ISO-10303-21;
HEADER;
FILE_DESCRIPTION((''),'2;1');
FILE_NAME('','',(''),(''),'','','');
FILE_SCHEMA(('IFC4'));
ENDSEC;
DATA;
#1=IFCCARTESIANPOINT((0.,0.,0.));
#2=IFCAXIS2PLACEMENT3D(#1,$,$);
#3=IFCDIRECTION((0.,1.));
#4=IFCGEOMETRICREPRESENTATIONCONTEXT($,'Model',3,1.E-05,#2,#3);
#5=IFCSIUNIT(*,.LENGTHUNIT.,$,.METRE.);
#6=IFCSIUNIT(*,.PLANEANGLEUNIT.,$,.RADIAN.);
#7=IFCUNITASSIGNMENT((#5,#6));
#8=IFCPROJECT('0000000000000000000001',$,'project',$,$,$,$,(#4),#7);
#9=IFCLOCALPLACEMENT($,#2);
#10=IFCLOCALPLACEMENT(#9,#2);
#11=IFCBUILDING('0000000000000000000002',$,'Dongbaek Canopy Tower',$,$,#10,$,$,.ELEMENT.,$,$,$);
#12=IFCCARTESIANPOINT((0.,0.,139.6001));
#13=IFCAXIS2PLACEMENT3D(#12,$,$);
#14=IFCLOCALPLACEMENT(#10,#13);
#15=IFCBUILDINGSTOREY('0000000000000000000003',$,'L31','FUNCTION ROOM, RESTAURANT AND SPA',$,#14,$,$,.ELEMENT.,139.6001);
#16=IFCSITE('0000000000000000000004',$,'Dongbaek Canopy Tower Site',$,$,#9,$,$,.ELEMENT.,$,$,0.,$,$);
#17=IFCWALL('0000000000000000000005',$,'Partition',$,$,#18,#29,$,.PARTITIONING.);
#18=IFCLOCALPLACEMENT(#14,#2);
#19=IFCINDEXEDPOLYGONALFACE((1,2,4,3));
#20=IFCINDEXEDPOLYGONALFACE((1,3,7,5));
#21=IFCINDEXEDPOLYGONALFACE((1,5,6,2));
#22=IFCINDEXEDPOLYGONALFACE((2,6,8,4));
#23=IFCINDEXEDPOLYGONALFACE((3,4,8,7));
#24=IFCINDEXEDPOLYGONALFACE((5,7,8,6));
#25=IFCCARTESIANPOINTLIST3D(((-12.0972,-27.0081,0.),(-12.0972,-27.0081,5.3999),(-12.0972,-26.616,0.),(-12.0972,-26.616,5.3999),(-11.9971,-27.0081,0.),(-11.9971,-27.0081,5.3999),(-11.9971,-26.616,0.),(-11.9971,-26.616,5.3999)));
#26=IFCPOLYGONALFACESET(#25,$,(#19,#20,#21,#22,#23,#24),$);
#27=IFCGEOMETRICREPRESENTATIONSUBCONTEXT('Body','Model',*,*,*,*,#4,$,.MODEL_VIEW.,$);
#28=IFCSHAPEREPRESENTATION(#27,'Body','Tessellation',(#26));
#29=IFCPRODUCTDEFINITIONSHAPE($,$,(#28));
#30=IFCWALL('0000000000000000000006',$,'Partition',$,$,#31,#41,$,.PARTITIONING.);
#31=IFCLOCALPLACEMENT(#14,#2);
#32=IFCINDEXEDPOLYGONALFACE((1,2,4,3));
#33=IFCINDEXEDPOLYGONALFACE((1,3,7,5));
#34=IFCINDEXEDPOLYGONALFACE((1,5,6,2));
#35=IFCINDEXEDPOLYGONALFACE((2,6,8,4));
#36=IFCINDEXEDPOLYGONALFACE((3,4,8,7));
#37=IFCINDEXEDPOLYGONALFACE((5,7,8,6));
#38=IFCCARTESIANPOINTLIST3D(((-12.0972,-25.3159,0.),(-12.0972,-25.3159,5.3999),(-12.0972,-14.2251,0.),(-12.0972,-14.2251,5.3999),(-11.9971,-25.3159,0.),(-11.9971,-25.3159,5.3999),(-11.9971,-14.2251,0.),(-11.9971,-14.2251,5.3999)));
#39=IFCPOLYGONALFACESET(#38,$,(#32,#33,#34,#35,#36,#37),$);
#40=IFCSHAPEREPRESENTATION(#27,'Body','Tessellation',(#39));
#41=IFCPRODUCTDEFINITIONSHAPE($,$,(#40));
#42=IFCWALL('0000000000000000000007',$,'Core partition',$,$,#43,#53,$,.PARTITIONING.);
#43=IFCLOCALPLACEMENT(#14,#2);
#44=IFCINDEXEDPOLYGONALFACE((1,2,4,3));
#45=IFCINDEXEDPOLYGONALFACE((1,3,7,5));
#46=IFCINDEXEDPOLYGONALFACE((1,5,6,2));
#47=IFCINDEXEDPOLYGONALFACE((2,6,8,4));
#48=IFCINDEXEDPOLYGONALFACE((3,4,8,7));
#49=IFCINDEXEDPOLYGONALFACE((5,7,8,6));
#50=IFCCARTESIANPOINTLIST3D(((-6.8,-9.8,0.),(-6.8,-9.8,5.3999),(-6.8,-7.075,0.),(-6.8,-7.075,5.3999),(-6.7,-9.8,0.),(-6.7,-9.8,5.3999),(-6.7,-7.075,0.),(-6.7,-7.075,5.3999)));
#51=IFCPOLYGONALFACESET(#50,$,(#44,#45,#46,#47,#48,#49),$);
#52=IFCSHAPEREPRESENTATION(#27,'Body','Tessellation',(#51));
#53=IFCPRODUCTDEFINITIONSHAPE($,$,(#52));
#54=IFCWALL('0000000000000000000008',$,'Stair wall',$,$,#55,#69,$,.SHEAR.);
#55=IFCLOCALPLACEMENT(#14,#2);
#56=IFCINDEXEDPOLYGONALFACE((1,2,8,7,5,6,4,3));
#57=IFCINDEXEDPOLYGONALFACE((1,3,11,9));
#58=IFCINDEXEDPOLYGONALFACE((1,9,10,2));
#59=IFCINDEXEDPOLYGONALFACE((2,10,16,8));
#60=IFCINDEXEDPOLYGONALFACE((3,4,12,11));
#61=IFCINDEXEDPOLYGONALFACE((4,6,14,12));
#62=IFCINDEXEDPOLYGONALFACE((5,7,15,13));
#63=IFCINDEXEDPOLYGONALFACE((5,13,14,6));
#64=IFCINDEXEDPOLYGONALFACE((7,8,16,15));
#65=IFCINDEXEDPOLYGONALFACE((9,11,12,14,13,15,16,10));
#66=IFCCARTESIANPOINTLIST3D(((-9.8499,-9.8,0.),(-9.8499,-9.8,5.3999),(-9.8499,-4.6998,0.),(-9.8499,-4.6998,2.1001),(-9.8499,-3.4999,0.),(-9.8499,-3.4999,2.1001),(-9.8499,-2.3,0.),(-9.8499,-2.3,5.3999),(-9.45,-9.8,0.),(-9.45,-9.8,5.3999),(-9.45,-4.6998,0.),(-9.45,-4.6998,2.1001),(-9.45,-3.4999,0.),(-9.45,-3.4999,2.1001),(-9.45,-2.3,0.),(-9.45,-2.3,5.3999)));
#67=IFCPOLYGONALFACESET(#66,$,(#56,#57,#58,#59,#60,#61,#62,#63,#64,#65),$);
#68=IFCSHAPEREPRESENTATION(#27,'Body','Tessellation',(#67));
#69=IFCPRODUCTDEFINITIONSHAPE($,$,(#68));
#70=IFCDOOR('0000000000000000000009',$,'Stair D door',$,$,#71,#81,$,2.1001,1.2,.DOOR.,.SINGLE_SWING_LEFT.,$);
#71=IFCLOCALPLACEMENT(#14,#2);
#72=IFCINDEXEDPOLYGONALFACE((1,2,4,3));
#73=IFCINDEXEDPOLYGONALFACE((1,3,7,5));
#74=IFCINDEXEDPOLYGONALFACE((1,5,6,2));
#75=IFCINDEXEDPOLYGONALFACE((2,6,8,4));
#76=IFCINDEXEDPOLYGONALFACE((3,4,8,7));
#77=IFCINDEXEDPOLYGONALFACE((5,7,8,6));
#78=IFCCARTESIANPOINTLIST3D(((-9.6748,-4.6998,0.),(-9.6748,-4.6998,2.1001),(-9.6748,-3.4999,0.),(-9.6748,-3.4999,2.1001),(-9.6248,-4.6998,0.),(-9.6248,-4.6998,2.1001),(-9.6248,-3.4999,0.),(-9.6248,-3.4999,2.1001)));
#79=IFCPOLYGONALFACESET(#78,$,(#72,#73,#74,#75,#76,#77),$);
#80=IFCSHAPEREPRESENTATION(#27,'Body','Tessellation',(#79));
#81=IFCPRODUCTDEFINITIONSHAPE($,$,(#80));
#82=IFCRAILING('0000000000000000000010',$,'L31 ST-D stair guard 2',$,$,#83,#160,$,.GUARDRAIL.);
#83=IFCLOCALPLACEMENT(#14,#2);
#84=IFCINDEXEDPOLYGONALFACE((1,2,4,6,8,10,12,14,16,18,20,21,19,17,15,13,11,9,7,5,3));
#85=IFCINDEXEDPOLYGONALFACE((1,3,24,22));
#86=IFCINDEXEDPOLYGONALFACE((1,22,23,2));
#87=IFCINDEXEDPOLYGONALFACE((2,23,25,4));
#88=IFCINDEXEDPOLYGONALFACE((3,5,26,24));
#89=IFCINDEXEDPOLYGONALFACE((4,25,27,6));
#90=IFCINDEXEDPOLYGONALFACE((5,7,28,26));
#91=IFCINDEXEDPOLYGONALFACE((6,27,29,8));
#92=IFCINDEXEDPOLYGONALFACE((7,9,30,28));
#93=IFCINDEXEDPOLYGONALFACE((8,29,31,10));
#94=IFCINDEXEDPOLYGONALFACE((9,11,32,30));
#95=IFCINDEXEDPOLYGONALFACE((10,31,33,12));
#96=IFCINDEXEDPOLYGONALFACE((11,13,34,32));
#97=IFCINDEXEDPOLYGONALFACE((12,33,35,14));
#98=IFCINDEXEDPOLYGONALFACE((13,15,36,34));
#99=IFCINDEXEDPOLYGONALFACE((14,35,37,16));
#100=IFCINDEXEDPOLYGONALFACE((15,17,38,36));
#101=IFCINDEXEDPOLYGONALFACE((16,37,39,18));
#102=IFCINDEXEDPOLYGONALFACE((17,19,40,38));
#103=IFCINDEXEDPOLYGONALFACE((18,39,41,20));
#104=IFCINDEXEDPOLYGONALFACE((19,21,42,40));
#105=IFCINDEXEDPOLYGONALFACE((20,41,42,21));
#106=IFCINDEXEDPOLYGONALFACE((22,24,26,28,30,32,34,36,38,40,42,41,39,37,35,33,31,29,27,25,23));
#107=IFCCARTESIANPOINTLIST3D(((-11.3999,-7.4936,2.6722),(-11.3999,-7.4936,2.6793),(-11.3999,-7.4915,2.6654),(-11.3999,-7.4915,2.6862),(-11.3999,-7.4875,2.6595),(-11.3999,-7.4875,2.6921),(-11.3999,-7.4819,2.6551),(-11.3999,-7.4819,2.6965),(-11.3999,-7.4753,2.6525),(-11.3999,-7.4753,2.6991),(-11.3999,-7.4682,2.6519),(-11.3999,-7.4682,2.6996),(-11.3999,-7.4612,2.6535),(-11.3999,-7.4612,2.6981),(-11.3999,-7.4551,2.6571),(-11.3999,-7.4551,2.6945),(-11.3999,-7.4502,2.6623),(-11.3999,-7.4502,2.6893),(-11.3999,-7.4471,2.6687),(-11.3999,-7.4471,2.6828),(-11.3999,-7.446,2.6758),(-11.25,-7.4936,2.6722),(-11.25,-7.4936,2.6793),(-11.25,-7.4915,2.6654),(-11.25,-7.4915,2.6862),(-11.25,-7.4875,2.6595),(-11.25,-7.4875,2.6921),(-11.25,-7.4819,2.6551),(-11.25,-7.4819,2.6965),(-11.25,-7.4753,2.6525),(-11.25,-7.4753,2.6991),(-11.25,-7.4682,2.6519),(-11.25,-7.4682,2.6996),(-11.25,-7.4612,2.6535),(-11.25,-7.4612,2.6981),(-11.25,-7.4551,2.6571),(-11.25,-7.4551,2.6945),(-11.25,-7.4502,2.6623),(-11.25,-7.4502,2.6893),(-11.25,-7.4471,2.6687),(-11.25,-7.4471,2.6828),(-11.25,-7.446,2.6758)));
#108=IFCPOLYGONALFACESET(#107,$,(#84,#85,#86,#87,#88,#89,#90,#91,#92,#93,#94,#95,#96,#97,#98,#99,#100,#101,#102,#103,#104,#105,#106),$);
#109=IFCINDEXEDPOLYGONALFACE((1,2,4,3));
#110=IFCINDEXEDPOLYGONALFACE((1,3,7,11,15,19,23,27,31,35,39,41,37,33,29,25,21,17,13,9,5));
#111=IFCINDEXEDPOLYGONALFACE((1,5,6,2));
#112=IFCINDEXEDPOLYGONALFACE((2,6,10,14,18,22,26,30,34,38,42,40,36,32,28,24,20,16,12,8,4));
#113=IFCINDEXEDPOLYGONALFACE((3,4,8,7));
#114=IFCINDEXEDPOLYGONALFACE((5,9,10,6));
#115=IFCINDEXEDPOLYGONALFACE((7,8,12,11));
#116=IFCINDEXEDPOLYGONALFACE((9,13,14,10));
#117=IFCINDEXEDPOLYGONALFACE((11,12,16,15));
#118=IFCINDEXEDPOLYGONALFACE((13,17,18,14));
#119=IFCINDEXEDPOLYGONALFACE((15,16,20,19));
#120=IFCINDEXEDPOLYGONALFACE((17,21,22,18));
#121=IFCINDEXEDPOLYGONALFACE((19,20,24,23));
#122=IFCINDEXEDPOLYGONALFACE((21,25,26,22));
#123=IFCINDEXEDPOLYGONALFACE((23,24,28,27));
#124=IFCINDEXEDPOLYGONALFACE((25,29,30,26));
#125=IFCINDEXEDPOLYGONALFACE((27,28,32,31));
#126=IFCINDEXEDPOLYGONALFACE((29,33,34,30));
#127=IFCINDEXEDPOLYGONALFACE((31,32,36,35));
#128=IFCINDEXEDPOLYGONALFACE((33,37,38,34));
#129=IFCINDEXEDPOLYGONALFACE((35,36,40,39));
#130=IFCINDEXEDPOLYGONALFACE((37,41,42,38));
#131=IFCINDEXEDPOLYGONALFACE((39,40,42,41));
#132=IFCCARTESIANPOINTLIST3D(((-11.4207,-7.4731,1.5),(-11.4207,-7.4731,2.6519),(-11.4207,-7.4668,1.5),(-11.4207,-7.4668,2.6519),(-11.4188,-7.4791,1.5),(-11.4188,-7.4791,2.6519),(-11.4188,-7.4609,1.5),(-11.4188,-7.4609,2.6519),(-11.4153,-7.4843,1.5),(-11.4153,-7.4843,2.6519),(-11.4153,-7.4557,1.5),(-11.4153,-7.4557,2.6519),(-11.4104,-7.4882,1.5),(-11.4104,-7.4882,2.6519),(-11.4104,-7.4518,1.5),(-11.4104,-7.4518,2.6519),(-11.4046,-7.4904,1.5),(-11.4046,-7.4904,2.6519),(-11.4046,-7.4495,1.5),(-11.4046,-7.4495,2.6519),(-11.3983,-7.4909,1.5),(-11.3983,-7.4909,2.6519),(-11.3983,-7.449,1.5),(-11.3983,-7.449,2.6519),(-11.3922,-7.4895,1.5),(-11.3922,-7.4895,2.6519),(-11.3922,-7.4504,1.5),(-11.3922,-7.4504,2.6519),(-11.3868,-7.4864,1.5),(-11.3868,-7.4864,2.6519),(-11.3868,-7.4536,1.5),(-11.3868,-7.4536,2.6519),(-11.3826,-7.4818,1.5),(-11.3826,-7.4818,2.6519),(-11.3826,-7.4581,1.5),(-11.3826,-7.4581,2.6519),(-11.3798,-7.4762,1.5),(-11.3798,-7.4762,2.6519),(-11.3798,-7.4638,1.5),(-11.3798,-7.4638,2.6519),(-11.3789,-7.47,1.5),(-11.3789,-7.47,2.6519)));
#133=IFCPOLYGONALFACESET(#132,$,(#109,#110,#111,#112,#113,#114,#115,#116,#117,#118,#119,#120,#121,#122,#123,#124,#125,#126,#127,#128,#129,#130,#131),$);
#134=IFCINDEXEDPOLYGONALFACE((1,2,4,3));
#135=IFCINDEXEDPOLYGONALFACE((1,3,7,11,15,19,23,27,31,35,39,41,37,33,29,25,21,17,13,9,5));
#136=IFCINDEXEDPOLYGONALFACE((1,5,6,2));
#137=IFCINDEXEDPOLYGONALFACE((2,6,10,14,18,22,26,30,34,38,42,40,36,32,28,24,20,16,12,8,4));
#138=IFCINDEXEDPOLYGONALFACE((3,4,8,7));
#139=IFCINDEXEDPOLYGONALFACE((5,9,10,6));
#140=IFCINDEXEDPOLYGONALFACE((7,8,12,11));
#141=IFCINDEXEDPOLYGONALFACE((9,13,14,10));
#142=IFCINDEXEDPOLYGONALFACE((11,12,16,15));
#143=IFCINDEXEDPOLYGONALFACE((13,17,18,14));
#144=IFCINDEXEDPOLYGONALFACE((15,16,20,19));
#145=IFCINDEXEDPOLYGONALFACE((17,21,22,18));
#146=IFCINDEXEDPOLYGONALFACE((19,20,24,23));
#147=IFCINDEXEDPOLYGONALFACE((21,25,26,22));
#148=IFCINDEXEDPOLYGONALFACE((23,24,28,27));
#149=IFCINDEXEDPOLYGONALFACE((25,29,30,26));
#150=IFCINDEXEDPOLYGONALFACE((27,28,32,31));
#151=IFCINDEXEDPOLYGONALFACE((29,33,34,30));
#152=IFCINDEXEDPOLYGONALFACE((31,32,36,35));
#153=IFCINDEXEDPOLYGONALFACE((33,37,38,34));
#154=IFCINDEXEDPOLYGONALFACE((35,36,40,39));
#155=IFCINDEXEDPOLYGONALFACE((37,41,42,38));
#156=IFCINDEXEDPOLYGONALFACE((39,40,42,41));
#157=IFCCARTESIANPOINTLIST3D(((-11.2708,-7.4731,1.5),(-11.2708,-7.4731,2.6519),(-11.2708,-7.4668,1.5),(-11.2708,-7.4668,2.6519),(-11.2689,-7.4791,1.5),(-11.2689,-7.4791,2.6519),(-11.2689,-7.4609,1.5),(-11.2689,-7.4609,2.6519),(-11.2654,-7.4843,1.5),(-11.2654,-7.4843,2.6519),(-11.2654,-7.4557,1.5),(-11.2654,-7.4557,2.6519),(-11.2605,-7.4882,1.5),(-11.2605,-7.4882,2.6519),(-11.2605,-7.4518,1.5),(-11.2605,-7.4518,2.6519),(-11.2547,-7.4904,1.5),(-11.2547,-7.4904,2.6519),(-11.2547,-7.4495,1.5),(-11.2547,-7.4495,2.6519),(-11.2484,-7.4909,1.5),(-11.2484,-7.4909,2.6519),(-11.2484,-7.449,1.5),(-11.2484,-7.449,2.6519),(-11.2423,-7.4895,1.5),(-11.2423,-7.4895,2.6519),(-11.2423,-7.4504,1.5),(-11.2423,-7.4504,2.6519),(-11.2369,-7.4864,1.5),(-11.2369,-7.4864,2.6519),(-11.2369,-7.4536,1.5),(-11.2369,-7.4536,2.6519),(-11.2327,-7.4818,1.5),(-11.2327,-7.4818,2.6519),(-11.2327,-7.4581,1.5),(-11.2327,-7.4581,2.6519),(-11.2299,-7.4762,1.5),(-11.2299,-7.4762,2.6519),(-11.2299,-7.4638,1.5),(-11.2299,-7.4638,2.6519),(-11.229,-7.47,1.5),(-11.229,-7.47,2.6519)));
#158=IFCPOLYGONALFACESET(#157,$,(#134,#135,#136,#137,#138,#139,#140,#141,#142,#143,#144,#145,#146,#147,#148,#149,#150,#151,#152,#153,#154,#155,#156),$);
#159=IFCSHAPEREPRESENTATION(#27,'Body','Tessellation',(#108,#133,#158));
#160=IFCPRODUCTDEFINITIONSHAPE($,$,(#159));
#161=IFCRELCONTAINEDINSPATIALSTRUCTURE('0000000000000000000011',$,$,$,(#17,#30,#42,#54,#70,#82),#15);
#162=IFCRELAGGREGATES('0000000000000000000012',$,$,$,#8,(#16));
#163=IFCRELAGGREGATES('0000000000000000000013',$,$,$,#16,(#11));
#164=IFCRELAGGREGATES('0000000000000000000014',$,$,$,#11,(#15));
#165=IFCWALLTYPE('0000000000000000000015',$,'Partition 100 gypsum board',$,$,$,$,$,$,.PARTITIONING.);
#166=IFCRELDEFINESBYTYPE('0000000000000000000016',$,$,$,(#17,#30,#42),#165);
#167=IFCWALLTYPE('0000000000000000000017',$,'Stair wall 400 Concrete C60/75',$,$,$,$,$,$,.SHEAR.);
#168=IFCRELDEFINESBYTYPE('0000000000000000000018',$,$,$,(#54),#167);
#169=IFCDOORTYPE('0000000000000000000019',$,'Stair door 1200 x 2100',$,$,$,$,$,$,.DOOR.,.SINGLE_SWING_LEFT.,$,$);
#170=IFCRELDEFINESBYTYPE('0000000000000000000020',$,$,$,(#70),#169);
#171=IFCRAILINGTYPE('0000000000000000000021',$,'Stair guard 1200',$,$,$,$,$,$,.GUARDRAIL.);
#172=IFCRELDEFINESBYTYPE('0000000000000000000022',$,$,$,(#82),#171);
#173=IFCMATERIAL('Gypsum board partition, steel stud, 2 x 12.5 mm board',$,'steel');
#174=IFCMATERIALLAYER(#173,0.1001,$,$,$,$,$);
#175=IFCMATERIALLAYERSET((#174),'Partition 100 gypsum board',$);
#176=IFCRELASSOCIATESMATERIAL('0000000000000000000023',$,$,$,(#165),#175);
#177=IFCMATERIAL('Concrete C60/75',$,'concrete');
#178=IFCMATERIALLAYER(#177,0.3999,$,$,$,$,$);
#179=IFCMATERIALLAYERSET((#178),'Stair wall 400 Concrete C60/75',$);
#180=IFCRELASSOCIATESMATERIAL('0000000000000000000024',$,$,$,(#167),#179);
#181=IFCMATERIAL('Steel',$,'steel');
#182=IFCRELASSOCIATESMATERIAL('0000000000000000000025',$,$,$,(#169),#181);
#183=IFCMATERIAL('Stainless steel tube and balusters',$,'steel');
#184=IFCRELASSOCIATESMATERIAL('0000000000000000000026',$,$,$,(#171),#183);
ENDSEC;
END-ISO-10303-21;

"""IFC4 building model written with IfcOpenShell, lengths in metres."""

from ifc_helpers import new_model, si_unit, direction, frame, frame_2d, origin, origin_2d, place, context, subcontext, project, spatial, rectangle, circle, extrude, material, layer, layer_set, type_object, element, fill, save


model = new_model("IFC4")

# Units and contexts
model_context = context("Model", 3, precision=1e-05, world=origin(), true_north=direction((0.0, 1.0)))
body_context = subcontext(model_context, "Body", "Model", "MODEL_VIEW")
ifc_project = project(units=[si_unit("LENGTHUNIT", "METRE"), si_unit("PLANEANGLEUNIT", "RADIAN")], contexts=[model_context])

# Site, building, storey
site_placement = place(None, origin())
site = spatial("IfcSite", under=ifc_project, at=site_placement, Name="Dongbaek Canopy Tower Site", CompositionType="ELEMENT", RefElevation=0.0)
building_placement = place(site_placement, origin())
building = spatial("IfcBuilding", under=site, at=building_placement, Name="Dongbaek Canopy Tower", CompositionType="ELEMENT")
storey_placement = place(building_placement, frame((0.0, 0.0, 139.6001)))
storey = spatial("IfcBuildingStorey", under=building, at=storey_placement, Name="L31", Description="FUNCTION ROOM, RESTAURANT AND SPA", CompositionType="ELEMENT", Elevation=139.6001)

# Walls
ifc_material_1 = material(Name="Gypsum board partition, steel stud, 2 x 12.5 mm board", Category="steel")
ifc_layer_1 = layer(ifc_material_1, 0.1001)
ifc_layer_set_1 = layer_set([ifc_layer_1], Name="Partition 100 gypsum board")
wall_type_1 = type_object("IfcWallType", Name="Partition 100 gypsum board", PredefinedType="PARTITIONING", material=ifc_layer_set_1)
wall_1_placement = place(storey_placement, frame((-12.0471, -27.0081, 0.0), z_axis=(0.0, 0.0, 1.0), x_axis=(0.0, 1.0, 0.0)))
element("IfcWall", 1, at=wall_1_placement, inside=storey, type_object=wall_type_1, Name="Partition", PredefinedType="PARTITIONING", context=body_context, shape_type="SweptSolid", body=[
    extrude(rectangle(XDim=0.3921, YDim=0.1001, at=frame_2d((0.196, 0.0))), origin(), (0.0, 0.0, 1.0), 5.3999),
])
wall_2_placement = place(storey_placement, frame((-12.0471, -25.3159, 0.0), z_axis=(0.0, 0.0, 1.0), x_axis=(0.0, 1.0, 0.0)))
element("IfcWall", 2, at=wall_2_placement, inside=storey, type_object=wall_type_1, Name="Partition", PredefinedType="PARTITIONING", context=body_context, shape_type="SweptSolid", body=[
    extrude(rectangle(XDim=11.0908, YDim=0.1001, at=frame_2d((5.5454, 0.0))), origin(), (0.0, 0.0, 1.0), 5.3999),
])
wall_3_placement = place(storey_placement, frame((-6.75, -9.8, 0.0), z_axis=(0.0, 0.0, 1.0), x_axis=(0.0, 1.0, 0.0)))
element("IfcWall", 3, at=wall_3_placement, inside=storey, type_object=wall_type_1, Name="Core partition", PredefinedType="PARTITIONING", context=body_context, shape_type="SweptSolid", body=[
    extrude(rectangle(XDim=2.7251, YDim=0.1001, at=frame_2d((1.3625, 0.0))), origin(), (0.0, 0.0, 1.0), 5.3999),
])

# Wall, opening, door
ifc_material_2 = material(Name="Concrete C60/75", Category="concrete")
ifc_layer_2 = layer(ifc_material_2, 0.3999)
ifc_layer_set_2 = layer_set([ifc_layer_2], Name="Stair wall 400 Concrete C60/75")
wall_type_2 = type_object("IfcWallType", Name="Stair wall 400 Concrete C60/75", PredefinedType="SHEAR", material=ifc_layer_set_2)
wall_4_placement = place(storey_placement, frame((-9.6499, -9.8, 0.0), z_axis=(0.0, 0.0, 1.0), x_axis=(0.0, 1.0, 0.0)))
wall_4 = element("IfcWall", 4, at=wall_4_placement, inside=storey, type_object=wall_type_2, Name="Stair wall", PredefinedType="SHEAR", context=body_context, shape_type="SweptSolid", body=[
    extrude(rectangle(XDim=7.5, YDim=0.3999, at=frame_2d((3.75, 0.0))), origin(), (0.0, 0.0, 1.0), 5.3999),
])
opening_placement = place(wall_4_placement, frame((5.1001, 0.0, 0.0)))
opening = element("IfcOpeningElement", 5, at=opening_placement, cuts=wall_4, PredefinedType="OPENING", context=body_context, shape_type="SweptSolid", body=[
    extrude(rectangle(XDim=1.2, YDim=2.1001, at=frame_2d((0.6001, 1.05))), frame((0.0, 0.21, 0.0), z_axis=(0.0, -1.0, 0.0), x_axis=(1.0, 0.0, 0.0)), (0.0, 0.0, 1.0), 0.4199),
])
ifc_material_3 = material(Name="Steel", Category="steel")
door_type = type_object("IfcDoorType", Name="Stair door 1200 x 2100", OperationType="SINGLE_SWING_LEFT", PredefinedType="DOOR", material=ifc_material_3)
door_placement = place(opening_placement, origin())
door = element("IfcDoor", 6, at=door_placement, inside=storey, type_object=door_type, Name="Stair D door", OperationType="SINGLE_SWING_LEFT", OverallHeight=2.1001, OverallWidth=1.2, PredefinedType="DOOR", context=body_context, shape_type="SweptSolid", body=[
    extrude(rectangle(XDim=1.2, YDim=2.1001, at=frame_2d((0.6001, 1.05))), frame((0.0, 0.0249, 0.0), z_axis=(0.0, -1.0, 0.0), x_axis=(1.0, 0.0, 0.0)), (0.0, 0.0, 1.0), 0.05),
])
fill(opening, door)

# Railing
ifc_material_4 = material(Name="Stainless steel tube and balusters", Category="steel")
railing_type = type_object("IfcRailingType", Name="Stair guard 1200", PredefinedType="GUARDRAIL", material=ifc_material_4)
for number, where, name in (
    (7, (-11.3999, -7.47, 1.5), "L31 ST-D stair guard 2"),
):
    element("IfcRailing", number, at=place(storey_placement, frame(where)), inside=storey, type_object=railing_type, Name=name, PredefinedType="GUARDRAIL", context=body_context, shape_type="SweptSolid", body=[
        extrude(circle(Radius=0.0239, at=origin_2d()), frame((0.0, 0.0, 1.1758), z_axis=(1.0, 0.0, 0.0), x_axis=(0.0, 1.0, 0.0)), (0.0, 0.0, 1.0), 0.1499),
        extrude(circle(Radius=0.021, at=origin_2d()), origin(), (0.0, 0.0, 1.0), 1.1519),
        extrude(circle(Radius=0.021, at=origin_2d()), frame((0.1499, 0.0, 0.0)), (0.0, 0.0, 1.0), 1.1519),
    ])

save(model, "model.ifc")
